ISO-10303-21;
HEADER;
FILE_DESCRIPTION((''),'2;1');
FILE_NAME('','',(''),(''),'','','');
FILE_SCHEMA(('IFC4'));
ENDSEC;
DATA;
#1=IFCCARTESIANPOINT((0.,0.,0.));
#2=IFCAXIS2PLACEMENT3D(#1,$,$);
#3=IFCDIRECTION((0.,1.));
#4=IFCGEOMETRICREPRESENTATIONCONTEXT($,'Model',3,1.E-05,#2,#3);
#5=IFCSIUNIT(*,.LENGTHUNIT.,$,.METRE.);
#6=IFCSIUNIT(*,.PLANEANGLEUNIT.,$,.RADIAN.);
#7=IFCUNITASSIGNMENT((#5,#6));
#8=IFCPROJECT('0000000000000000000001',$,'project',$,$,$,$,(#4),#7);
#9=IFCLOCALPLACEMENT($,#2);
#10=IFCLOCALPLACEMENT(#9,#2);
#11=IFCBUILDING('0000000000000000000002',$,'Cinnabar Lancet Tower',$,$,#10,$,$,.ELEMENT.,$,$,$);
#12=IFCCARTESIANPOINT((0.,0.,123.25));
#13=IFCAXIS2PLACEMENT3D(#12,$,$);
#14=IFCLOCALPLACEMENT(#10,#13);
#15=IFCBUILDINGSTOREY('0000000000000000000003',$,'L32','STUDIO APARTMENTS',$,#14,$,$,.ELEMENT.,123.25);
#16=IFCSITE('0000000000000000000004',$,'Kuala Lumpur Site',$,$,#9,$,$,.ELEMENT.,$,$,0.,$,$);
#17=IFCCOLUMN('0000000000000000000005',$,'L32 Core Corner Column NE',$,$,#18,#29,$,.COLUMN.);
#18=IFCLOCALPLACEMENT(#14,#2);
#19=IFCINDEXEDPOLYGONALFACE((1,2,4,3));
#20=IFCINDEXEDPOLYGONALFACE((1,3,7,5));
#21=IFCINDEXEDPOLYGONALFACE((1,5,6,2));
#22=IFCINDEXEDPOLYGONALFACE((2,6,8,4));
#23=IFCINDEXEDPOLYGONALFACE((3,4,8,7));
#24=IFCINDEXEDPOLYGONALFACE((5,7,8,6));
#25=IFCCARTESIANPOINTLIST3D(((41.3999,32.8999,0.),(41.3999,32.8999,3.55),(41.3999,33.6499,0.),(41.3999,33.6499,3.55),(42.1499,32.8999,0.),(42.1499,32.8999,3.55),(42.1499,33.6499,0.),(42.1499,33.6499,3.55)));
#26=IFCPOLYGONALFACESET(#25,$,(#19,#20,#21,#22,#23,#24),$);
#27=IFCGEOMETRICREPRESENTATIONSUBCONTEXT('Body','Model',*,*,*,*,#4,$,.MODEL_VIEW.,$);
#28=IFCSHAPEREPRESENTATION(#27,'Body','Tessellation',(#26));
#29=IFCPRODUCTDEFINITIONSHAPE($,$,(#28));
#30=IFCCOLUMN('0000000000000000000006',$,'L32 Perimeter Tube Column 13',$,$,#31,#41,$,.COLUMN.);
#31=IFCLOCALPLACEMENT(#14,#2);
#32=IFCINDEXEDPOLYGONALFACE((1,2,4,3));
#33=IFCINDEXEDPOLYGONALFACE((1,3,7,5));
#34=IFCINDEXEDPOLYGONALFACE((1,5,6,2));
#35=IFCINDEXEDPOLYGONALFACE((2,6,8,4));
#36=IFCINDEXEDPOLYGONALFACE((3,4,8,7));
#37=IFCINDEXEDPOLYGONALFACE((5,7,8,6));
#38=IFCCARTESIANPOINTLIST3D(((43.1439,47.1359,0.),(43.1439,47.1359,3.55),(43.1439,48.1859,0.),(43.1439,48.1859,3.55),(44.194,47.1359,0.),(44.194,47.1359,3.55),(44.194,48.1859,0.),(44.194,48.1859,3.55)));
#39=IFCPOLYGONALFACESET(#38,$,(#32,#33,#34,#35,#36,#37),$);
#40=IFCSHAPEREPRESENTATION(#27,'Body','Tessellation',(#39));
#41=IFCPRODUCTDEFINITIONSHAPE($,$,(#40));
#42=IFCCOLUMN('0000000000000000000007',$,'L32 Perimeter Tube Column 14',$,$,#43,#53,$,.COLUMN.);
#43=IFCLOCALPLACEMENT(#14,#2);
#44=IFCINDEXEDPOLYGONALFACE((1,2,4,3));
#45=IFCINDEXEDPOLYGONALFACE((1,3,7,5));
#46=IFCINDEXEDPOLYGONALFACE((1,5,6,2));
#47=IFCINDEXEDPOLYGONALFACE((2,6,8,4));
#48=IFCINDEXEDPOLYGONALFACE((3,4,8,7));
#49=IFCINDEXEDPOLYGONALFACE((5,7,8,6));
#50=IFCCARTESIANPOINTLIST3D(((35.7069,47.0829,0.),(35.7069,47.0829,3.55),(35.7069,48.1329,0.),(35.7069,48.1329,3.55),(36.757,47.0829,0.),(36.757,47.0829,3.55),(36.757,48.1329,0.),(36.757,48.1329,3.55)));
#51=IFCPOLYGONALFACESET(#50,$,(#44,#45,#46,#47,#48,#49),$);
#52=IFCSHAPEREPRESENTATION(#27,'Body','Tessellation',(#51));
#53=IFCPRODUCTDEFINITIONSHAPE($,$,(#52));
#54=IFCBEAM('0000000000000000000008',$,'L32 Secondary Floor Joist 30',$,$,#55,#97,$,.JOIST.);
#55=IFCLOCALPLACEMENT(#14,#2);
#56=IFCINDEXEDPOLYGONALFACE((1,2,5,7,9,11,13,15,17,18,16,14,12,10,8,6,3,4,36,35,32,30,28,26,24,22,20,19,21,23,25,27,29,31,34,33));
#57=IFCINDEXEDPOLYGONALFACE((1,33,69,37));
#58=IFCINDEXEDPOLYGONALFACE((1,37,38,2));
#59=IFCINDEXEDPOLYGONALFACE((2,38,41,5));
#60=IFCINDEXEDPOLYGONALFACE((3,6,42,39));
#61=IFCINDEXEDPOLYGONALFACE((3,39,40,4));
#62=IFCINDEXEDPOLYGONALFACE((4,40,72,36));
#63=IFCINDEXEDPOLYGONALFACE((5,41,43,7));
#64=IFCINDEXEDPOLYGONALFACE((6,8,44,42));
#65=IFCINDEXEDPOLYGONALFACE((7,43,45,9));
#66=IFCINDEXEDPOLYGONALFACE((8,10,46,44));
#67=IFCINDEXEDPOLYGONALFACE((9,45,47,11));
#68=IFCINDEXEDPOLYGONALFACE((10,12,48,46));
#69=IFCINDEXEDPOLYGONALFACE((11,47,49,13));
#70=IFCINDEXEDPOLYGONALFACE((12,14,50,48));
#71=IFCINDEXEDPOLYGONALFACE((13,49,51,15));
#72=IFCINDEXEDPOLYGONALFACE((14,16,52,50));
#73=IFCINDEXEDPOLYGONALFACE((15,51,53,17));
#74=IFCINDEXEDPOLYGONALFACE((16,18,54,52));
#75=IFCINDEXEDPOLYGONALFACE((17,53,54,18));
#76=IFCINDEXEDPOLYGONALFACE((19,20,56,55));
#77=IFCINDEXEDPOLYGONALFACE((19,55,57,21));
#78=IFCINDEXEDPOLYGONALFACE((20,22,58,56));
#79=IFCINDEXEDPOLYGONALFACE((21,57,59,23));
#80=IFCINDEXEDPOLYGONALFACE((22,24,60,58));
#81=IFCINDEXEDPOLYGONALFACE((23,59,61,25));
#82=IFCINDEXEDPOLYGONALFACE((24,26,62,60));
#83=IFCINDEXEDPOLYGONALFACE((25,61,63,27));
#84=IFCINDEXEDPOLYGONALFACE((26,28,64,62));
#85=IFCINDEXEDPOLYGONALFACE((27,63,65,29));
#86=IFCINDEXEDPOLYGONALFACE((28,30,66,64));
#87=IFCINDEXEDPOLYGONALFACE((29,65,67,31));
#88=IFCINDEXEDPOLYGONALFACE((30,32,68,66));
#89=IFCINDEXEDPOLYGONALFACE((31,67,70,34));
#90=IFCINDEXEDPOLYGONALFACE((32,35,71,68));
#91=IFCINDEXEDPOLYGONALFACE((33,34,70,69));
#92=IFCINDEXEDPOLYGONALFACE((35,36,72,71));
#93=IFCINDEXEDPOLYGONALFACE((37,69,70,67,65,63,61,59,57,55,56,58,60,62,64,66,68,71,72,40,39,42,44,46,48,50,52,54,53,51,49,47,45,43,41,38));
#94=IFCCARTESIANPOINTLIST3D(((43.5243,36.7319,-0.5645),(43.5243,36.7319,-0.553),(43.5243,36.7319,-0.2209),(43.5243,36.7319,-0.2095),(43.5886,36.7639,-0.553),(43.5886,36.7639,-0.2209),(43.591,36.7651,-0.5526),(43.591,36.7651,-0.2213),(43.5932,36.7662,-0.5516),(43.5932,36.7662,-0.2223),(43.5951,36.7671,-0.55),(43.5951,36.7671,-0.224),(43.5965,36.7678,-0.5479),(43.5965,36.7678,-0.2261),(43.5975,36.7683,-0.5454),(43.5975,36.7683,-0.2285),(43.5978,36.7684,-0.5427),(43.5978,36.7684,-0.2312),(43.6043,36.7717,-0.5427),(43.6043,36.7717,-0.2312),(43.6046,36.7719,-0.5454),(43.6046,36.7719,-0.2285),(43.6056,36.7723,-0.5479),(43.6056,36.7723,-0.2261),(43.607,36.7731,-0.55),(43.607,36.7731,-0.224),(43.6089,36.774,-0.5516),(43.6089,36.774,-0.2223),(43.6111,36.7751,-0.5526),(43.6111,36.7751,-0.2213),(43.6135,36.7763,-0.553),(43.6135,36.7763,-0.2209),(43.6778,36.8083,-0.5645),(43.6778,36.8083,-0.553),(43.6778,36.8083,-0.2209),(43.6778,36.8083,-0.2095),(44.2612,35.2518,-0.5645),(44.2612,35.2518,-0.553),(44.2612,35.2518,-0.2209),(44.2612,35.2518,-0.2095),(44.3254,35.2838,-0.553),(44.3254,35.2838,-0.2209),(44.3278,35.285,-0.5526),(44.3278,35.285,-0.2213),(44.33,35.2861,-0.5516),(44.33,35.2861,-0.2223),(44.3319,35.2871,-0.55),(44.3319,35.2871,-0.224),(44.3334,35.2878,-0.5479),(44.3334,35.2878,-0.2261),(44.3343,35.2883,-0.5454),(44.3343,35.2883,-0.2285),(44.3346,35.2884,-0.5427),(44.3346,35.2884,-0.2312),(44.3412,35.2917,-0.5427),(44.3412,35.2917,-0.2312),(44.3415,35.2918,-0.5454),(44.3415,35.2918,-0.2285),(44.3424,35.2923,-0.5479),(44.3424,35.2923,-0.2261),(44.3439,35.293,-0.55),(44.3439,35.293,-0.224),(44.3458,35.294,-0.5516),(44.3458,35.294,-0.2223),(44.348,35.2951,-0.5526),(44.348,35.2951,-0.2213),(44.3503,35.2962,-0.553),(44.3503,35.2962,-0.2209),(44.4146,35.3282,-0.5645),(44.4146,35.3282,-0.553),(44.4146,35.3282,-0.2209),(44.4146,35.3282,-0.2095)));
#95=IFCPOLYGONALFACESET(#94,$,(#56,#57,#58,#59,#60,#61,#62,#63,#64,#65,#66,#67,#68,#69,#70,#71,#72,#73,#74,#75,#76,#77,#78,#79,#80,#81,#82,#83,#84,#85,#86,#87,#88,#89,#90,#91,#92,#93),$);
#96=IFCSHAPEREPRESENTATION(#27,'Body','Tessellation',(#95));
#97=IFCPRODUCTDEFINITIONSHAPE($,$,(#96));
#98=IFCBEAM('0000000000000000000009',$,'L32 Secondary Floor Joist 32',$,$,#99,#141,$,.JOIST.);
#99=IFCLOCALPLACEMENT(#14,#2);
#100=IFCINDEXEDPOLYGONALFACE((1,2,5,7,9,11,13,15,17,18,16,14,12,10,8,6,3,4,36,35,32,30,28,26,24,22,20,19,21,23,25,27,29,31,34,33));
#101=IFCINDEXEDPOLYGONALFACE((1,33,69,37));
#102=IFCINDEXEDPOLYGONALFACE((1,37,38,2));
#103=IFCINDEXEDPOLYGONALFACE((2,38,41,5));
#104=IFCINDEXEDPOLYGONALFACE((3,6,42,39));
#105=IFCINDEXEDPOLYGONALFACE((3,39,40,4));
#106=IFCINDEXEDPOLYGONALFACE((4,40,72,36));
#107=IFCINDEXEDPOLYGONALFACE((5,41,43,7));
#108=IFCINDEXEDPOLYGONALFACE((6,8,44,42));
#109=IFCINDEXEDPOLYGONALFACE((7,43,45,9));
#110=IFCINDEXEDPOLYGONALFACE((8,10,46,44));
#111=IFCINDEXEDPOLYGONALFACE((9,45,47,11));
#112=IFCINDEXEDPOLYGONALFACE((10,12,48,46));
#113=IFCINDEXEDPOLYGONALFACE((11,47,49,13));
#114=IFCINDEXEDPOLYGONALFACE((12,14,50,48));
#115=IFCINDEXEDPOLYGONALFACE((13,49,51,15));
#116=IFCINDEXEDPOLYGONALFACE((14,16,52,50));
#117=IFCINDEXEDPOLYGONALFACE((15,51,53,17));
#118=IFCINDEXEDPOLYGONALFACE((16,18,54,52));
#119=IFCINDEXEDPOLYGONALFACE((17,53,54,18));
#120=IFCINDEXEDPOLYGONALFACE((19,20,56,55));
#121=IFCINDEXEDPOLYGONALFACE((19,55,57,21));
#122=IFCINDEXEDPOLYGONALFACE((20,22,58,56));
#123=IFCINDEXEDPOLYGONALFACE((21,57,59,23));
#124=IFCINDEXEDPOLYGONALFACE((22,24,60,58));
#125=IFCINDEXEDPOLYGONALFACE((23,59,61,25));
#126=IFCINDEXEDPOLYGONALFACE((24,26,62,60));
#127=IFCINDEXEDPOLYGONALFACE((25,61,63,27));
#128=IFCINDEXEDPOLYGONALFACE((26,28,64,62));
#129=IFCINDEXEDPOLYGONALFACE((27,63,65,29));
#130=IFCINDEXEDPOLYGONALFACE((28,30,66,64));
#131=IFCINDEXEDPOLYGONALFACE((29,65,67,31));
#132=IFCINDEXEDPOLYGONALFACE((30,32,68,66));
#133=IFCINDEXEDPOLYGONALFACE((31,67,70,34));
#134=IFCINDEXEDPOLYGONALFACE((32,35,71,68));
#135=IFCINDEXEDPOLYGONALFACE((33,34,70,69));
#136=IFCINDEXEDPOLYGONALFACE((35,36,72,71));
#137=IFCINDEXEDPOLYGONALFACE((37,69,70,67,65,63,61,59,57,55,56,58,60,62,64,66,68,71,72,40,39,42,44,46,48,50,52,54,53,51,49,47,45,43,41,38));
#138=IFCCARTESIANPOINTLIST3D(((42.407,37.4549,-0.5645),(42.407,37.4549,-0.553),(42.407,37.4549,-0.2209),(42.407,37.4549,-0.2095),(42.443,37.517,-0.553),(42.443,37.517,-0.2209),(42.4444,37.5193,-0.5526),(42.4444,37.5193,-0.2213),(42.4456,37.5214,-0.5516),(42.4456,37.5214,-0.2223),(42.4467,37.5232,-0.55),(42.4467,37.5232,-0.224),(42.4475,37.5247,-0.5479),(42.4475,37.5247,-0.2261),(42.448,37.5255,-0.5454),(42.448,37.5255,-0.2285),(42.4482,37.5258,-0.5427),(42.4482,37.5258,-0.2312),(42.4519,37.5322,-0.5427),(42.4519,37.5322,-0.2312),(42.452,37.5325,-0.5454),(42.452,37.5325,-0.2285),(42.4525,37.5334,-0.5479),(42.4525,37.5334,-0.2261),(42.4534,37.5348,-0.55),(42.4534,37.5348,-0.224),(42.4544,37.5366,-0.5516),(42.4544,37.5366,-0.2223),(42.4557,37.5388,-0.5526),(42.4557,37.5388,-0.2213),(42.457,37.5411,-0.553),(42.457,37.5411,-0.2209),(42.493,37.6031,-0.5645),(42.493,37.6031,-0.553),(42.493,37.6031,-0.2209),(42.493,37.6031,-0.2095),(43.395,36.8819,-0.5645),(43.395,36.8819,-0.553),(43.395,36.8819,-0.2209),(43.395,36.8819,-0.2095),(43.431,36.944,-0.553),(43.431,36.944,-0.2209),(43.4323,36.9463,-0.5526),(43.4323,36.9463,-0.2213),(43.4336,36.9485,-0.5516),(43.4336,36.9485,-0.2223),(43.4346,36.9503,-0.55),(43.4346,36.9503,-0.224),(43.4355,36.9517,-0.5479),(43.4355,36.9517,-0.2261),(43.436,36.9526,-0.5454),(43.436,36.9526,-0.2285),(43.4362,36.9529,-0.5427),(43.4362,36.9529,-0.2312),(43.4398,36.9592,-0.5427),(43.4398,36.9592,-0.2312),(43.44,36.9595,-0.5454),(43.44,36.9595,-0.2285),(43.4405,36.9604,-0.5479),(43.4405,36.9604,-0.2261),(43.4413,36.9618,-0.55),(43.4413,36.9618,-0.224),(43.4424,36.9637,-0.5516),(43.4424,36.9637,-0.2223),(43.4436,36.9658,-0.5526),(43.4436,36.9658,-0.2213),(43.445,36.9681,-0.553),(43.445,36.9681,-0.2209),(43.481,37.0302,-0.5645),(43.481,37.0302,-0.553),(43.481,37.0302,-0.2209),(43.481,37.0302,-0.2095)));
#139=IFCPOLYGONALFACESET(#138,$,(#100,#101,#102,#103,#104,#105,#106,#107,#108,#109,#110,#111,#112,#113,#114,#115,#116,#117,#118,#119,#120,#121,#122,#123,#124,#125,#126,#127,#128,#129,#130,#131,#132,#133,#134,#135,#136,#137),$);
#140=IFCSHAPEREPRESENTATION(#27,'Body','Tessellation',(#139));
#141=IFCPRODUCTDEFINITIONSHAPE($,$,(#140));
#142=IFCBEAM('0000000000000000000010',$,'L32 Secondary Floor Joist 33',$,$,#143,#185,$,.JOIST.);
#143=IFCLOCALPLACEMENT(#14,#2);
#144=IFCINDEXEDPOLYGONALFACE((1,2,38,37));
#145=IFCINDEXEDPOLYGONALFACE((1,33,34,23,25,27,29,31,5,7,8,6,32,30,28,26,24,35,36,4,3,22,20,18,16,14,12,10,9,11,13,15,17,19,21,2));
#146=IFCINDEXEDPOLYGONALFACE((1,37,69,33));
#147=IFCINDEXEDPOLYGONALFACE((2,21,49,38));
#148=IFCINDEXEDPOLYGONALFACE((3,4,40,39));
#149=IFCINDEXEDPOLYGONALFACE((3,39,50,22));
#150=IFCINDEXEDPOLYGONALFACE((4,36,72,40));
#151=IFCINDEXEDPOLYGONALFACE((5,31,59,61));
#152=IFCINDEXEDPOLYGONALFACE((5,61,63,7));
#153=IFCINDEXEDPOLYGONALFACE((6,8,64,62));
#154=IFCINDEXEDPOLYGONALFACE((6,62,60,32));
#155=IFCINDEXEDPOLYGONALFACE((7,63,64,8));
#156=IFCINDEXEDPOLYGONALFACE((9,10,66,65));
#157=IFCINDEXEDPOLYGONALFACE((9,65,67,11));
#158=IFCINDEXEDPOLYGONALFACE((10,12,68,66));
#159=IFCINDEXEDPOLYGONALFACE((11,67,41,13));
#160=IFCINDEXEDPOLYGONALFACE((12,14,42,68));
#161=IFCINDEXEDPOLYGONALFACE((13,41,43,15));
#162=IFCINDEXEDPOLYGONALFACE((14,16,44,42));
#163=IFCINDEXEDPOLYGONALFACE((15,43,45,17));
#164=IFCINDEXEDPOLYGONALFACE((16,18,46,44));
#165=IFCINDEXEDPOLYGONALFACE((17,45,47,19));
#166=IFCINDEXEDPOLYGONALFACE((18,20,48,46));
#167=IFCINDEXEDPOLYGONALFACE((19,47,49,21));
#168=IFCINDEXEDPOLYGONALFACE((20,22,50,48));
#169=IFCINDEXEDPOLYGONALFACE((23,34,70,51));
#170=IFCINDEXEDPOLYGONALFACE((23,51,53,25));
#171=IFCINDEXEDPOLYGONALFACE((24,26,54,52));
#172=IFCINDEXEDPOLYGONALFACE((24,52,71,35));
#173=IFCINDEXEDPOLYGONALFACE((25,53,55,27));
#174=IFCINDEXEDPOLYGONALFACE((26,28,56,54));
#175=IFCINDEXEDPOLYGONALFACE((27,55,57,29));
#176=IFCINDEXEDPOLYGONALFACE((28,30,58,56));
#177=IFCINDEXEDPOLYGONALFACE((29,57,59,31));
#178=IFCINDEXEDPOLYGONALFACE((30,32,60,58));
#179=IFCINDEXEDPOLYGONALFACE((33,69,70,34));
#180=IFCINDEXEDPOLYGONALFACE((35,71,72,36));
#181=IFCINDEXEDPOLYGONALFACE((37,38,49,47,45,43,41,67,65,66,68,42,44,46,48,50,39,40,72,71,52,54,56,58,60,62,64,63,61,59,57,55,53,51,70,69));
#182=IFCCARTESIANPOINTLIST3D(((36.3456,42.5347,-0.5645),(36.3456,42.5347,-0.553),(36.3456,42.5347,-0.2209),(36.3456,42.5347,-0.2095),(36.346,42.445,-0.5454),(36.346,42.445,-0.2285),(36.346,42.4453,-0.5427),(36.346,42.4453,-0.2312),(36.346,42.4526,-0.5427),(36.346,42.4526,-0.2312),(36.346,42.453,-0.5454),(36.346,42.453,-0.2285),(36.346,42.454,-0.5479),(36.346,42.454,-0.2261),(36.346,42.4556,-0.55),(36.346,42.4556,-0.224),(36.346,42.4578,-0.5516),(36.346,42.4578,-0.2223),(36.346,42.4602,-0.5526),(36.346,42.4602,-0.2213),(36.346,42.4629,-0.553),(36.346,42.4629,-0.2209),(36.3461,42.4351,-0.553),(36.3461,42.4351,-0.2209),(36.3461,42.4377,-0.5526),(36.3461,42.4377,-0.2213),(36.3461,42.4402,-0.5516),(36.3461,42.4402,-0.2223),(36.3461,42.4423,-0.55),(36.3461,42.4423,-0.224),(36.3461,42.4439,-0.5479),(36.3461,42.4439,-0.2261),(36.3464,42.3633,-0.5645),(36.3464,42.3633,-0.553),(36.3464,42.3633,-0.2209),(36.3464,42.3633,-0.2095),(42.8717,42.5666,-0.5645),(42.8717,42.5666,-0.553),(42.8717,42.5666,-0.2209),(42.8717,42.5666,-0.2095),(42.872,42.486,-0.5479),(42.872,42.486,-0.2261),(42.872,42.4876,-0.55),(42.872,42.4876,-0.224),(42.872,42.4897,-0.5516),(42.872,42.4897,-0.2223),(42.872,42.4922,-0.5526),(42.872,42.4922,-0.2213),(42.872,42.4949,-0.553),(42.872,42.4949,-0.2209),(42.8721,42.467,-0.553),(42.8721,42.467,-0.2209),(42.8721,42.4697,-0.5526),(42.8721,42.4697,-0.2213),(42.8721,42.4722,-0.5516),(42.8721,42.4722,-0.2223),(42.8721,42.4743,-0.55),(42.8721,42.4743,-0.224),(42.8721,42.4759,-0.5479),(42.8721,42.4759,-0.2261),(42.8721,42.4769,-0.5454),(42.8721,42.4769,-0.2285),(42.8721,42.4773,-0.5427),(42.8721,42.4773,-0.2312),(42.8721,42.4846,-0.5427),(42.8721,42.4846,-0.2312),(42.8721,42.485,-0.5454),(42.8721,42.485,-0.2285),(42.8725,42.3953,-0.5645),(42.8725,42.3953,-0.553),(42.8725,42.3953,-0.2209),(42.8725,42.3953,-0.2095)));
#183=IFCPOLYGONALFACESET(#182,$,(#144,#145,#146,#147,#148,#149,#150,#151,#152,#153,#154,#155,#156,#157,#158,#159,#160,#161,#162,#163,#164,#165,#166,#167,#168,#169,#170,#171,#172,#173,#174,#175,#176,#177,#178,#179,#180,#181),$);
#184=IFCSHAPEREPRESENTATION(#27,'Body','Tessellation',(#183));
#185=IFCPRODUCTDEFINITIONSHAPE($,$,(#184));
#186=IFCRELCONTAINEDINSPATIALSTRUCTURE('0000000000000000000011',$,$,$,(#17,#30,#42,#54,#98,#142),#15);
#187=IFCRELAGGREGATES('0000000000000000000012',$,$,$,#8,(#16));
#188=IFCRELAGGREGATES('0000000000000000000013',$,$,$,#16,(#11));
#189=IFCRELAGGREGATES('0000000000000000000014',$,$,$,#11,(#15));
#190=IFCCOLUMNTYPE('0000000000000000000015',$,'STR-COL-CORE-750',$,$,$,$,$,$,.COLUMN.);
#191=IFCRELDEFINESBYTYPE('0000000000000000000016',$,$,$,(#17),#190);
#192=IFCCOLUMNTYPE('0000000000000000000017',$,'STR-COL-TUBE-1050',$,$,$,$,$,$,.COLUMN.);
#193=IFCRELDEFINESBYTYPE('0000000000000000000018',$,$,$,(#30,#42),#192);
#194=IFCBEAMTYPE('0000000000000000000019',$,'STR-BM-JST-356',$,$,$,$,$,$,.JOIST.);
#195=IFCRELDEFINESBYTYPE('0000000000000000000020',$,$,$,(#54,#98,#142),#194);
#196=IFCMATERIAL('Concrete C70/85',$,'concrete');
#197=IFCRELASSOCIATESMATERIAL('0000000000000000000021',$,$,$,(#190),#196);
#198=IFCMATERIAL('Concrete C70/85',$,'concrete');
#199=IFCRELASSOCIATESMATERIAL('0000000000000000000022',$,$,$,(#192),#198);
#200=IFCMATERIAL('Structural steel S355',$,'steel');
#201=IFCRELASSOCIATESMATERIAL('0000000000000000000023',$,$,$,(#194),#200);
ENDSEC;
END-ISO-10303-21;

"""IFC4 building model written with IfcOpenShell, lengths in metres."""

from ifc_helpers import new_model, si_unit, direction, frame, origin, origin_2d, place, context, subcontext, project, spatial, rectangle, i_section, extrude, material, material_profile, profile_set, type_object, element, save


model = new_model("IFC4")

# Units and contexts
model_context = context("Model", 3, precision=1e-05, world=origin(), true_north=direction((0.0, 1.0)))
body_context = subcontext(model_context, "Body", "Model", "MODEL_VIEW")
ifc_project = project(units=[si_unit("LENGTHUNIT", "METRE"), si_unit("PLANEANGLEUNIT", "RADIAN")], contexts=[model_context])

# Site, building, storey
site_placement = place(None, origin())
site = spatial("IfcSite", under=ifc_project, at=site_placement, Name="Kuala Lumpur Site", CompositionType="ELEMENT", RefElevation=0.0)
building_placement = place(site_placement, origin())
building = spatial("IfcBuilding", under=site, at=building_placement, Name="Cinnabar Lancet Tower", CompositionType="ELEMENT")
storey_placement = place(building_placement, frame((0.0, 0.0, 123.25)))
storey = spatial("IfcBuildingStorey", under=building, at=storey_placement, Name="L32", Description="STUDIO APARTMENTS", CompositionType="ELEMENT", Elevation=123.25)

# Columns
ifc_material_1 = material(Name="Concrete C70/85", Category="concrete")
ifc_material_profile_1 = material_profile(ifc_material_1, rectangle(XDim=0.75, YDim=0.75, at=origin_2d()), Name="RC-COL 750x750")
ifc_profile_set_1 = profile_set([ifc_material_profile_1], Name="Concrete C70/85")
column_type_1 = type_object("IfcColumnType", Name="STR-COL-CORE-750", PredefinedType="COLUMN", material=ifc_profile_set_1)
column_placement = place(storey_placement, frame((41.7749, 33.2749, 0.0), z_axis=(0.0, 0.0, 1.0), x_axis=(1.0, 0.0, 0.0)))
element("IfcColumn", 1, at=column_placement, inside=storey, type_object=column_type_1, Name="L32 Core Corner Column NE", PredefinedType="COLUMN", context=body_context, shape_type="SweptSolid", body=[
    extrude(rectangle(XDim=0.75, YDim=0.75, at=origin_2d()), origin(), (0.0, 0.0, 1.0), 3.55),
])
ifc_material_2 = material(Name="Concrete C70/85", Category="concrete")
ifc_material_profile_2 = material_profile(ifc_material_2, rectangle(XDim=1.05, YDim=1.05, at=origin_2d()), Name="RC-COL 1050x1050")
ifc_profile_set_2 = profile_set([ifc_material_profile_2], Name="Concrete C70/85")
column_type_2 = type_object("IfcColumnType", Name="STR-COL-TUBE-1050", PredefinedType="COLUMN", material=ifc_profile_set_2)
for number, where, z_axis, x_axis, name in (
    (2, (43.6689, 47.6609, 0.0), (0.0, 0.0, 1.0), (1.0, 0.0, 0.0), "L32 Perimeter Tube Column 13"),
    (3, (36.2319, 47.6079, 0.0), (0.0, 0.0, 1.0), (1.0, 0.0, 0.0), "L32 Perimeter Tube Column 14"),
):
    element("IfcColumn", number, at=place(storey_placement, frame(where, z_axis=z_axis, x_axis=x_axis)), inside=storey, type_object=column_type_2, Name=name, PredefinedType="COLUMN", context=body_context, shape_type="SweptSolid", body=[
        extrude(rectangle(XDim=1.05, YDim=1.05, at=origin_2d()), origin(), (0.0, 0.0, 1.0), 3.55),
    ])

# Beams
ifc_material_3 = material(Name="Structural steel S355", Category="steel")
ifc_material_profile_3 = material_profile(ifc_material_3, i_section(OverallWidth=0.1714, OverallDepth=0.355, WebThickness=0.0073, FlangeThickness=0.0115, FilletRadius=0.0103, at=origin_2d()), Name="UKB 356x171x51")
ifc_profile_set_3 = profile_set([ifc_material_profile_3], Name="Structural steel S355")
beam_type_1 = type_object("IfcBeamType", Name="STR-BM-JST-356", PredefinedType="JOIST", material=ifc_profile_set_3)
beam_1_placement = place(storey_placement, frame((44.3379, 35.29, -0.387), z_axis=(-0.445677, 0.895194, 0.0), x_axis=(-0.895194, -0.445677, 0.0)))
element("IfcBeam", 4, at=beam_1_placement, inside=storey, type_object=beam_type_1, Name="L32 Secondary Floor Joist 30", PredefinedType="JOIST", context=body_context, shape_type="SweptSolid", body=[
    extrude(i_section(OverallWidth=0.1714, OverallDepth=0.355, WebThickness=0.0073, FlangeThickness=0.0115, FilletRadius=0.0103, at=origin_2d()), origin(), (0.0, 0.0, 1.0), 1.6533),
])
beam_2_placement = place(storey_placement, frame((43.438, 36.9561, -0.387), z_axis=(-0.865055, 0.501677, 0.0), x_axis=(-0.501677, -0.865055, 0.0)))
element("IfcBeam", 5, at=beam_2_placement, inside=storey, type_object=beam_type_1, Name="L32 Secondary Floor Joist 32", PredefinedType="JOIST", context=body_context, shape_type="SweptSolid", body=[
    extrude(i_section(OverallWidth=0.1714, OverallDepth=0.355, WebThickness=0.0073, FlangeThickness=0.0115, FilletRadius=0.0103, at=origin_2d()), origin(), (0.0, 0.0, 1.0), 1.1421),
])
beam_3_placement = place(storey_placement, frame((42.8721, 42.481, -0.387), z_axis=(-0.999988, -0.004901, 0.0), x_axis=(0.004901, -0.999988, 0.0)))
element("IfcBeam", 6, at=beam_3_placement, inside=storey, type_object=beam_type_1, Name="L32 Secondary Floor Joist 33", PredefinedType="JOIST", context=body_context, shape_type="SweptSolid", body=[
    extrude(i_section(OverallWidth=0.1714, OverallDepth=0.355, WebThickness=0.0073, FlangeThickness=0.0115, FilletRadius=0.0103, at=origin_2d()), origin(), (0.0, 0.0, 1.0), 6.5261),
])

save(model, "model.ifc")
